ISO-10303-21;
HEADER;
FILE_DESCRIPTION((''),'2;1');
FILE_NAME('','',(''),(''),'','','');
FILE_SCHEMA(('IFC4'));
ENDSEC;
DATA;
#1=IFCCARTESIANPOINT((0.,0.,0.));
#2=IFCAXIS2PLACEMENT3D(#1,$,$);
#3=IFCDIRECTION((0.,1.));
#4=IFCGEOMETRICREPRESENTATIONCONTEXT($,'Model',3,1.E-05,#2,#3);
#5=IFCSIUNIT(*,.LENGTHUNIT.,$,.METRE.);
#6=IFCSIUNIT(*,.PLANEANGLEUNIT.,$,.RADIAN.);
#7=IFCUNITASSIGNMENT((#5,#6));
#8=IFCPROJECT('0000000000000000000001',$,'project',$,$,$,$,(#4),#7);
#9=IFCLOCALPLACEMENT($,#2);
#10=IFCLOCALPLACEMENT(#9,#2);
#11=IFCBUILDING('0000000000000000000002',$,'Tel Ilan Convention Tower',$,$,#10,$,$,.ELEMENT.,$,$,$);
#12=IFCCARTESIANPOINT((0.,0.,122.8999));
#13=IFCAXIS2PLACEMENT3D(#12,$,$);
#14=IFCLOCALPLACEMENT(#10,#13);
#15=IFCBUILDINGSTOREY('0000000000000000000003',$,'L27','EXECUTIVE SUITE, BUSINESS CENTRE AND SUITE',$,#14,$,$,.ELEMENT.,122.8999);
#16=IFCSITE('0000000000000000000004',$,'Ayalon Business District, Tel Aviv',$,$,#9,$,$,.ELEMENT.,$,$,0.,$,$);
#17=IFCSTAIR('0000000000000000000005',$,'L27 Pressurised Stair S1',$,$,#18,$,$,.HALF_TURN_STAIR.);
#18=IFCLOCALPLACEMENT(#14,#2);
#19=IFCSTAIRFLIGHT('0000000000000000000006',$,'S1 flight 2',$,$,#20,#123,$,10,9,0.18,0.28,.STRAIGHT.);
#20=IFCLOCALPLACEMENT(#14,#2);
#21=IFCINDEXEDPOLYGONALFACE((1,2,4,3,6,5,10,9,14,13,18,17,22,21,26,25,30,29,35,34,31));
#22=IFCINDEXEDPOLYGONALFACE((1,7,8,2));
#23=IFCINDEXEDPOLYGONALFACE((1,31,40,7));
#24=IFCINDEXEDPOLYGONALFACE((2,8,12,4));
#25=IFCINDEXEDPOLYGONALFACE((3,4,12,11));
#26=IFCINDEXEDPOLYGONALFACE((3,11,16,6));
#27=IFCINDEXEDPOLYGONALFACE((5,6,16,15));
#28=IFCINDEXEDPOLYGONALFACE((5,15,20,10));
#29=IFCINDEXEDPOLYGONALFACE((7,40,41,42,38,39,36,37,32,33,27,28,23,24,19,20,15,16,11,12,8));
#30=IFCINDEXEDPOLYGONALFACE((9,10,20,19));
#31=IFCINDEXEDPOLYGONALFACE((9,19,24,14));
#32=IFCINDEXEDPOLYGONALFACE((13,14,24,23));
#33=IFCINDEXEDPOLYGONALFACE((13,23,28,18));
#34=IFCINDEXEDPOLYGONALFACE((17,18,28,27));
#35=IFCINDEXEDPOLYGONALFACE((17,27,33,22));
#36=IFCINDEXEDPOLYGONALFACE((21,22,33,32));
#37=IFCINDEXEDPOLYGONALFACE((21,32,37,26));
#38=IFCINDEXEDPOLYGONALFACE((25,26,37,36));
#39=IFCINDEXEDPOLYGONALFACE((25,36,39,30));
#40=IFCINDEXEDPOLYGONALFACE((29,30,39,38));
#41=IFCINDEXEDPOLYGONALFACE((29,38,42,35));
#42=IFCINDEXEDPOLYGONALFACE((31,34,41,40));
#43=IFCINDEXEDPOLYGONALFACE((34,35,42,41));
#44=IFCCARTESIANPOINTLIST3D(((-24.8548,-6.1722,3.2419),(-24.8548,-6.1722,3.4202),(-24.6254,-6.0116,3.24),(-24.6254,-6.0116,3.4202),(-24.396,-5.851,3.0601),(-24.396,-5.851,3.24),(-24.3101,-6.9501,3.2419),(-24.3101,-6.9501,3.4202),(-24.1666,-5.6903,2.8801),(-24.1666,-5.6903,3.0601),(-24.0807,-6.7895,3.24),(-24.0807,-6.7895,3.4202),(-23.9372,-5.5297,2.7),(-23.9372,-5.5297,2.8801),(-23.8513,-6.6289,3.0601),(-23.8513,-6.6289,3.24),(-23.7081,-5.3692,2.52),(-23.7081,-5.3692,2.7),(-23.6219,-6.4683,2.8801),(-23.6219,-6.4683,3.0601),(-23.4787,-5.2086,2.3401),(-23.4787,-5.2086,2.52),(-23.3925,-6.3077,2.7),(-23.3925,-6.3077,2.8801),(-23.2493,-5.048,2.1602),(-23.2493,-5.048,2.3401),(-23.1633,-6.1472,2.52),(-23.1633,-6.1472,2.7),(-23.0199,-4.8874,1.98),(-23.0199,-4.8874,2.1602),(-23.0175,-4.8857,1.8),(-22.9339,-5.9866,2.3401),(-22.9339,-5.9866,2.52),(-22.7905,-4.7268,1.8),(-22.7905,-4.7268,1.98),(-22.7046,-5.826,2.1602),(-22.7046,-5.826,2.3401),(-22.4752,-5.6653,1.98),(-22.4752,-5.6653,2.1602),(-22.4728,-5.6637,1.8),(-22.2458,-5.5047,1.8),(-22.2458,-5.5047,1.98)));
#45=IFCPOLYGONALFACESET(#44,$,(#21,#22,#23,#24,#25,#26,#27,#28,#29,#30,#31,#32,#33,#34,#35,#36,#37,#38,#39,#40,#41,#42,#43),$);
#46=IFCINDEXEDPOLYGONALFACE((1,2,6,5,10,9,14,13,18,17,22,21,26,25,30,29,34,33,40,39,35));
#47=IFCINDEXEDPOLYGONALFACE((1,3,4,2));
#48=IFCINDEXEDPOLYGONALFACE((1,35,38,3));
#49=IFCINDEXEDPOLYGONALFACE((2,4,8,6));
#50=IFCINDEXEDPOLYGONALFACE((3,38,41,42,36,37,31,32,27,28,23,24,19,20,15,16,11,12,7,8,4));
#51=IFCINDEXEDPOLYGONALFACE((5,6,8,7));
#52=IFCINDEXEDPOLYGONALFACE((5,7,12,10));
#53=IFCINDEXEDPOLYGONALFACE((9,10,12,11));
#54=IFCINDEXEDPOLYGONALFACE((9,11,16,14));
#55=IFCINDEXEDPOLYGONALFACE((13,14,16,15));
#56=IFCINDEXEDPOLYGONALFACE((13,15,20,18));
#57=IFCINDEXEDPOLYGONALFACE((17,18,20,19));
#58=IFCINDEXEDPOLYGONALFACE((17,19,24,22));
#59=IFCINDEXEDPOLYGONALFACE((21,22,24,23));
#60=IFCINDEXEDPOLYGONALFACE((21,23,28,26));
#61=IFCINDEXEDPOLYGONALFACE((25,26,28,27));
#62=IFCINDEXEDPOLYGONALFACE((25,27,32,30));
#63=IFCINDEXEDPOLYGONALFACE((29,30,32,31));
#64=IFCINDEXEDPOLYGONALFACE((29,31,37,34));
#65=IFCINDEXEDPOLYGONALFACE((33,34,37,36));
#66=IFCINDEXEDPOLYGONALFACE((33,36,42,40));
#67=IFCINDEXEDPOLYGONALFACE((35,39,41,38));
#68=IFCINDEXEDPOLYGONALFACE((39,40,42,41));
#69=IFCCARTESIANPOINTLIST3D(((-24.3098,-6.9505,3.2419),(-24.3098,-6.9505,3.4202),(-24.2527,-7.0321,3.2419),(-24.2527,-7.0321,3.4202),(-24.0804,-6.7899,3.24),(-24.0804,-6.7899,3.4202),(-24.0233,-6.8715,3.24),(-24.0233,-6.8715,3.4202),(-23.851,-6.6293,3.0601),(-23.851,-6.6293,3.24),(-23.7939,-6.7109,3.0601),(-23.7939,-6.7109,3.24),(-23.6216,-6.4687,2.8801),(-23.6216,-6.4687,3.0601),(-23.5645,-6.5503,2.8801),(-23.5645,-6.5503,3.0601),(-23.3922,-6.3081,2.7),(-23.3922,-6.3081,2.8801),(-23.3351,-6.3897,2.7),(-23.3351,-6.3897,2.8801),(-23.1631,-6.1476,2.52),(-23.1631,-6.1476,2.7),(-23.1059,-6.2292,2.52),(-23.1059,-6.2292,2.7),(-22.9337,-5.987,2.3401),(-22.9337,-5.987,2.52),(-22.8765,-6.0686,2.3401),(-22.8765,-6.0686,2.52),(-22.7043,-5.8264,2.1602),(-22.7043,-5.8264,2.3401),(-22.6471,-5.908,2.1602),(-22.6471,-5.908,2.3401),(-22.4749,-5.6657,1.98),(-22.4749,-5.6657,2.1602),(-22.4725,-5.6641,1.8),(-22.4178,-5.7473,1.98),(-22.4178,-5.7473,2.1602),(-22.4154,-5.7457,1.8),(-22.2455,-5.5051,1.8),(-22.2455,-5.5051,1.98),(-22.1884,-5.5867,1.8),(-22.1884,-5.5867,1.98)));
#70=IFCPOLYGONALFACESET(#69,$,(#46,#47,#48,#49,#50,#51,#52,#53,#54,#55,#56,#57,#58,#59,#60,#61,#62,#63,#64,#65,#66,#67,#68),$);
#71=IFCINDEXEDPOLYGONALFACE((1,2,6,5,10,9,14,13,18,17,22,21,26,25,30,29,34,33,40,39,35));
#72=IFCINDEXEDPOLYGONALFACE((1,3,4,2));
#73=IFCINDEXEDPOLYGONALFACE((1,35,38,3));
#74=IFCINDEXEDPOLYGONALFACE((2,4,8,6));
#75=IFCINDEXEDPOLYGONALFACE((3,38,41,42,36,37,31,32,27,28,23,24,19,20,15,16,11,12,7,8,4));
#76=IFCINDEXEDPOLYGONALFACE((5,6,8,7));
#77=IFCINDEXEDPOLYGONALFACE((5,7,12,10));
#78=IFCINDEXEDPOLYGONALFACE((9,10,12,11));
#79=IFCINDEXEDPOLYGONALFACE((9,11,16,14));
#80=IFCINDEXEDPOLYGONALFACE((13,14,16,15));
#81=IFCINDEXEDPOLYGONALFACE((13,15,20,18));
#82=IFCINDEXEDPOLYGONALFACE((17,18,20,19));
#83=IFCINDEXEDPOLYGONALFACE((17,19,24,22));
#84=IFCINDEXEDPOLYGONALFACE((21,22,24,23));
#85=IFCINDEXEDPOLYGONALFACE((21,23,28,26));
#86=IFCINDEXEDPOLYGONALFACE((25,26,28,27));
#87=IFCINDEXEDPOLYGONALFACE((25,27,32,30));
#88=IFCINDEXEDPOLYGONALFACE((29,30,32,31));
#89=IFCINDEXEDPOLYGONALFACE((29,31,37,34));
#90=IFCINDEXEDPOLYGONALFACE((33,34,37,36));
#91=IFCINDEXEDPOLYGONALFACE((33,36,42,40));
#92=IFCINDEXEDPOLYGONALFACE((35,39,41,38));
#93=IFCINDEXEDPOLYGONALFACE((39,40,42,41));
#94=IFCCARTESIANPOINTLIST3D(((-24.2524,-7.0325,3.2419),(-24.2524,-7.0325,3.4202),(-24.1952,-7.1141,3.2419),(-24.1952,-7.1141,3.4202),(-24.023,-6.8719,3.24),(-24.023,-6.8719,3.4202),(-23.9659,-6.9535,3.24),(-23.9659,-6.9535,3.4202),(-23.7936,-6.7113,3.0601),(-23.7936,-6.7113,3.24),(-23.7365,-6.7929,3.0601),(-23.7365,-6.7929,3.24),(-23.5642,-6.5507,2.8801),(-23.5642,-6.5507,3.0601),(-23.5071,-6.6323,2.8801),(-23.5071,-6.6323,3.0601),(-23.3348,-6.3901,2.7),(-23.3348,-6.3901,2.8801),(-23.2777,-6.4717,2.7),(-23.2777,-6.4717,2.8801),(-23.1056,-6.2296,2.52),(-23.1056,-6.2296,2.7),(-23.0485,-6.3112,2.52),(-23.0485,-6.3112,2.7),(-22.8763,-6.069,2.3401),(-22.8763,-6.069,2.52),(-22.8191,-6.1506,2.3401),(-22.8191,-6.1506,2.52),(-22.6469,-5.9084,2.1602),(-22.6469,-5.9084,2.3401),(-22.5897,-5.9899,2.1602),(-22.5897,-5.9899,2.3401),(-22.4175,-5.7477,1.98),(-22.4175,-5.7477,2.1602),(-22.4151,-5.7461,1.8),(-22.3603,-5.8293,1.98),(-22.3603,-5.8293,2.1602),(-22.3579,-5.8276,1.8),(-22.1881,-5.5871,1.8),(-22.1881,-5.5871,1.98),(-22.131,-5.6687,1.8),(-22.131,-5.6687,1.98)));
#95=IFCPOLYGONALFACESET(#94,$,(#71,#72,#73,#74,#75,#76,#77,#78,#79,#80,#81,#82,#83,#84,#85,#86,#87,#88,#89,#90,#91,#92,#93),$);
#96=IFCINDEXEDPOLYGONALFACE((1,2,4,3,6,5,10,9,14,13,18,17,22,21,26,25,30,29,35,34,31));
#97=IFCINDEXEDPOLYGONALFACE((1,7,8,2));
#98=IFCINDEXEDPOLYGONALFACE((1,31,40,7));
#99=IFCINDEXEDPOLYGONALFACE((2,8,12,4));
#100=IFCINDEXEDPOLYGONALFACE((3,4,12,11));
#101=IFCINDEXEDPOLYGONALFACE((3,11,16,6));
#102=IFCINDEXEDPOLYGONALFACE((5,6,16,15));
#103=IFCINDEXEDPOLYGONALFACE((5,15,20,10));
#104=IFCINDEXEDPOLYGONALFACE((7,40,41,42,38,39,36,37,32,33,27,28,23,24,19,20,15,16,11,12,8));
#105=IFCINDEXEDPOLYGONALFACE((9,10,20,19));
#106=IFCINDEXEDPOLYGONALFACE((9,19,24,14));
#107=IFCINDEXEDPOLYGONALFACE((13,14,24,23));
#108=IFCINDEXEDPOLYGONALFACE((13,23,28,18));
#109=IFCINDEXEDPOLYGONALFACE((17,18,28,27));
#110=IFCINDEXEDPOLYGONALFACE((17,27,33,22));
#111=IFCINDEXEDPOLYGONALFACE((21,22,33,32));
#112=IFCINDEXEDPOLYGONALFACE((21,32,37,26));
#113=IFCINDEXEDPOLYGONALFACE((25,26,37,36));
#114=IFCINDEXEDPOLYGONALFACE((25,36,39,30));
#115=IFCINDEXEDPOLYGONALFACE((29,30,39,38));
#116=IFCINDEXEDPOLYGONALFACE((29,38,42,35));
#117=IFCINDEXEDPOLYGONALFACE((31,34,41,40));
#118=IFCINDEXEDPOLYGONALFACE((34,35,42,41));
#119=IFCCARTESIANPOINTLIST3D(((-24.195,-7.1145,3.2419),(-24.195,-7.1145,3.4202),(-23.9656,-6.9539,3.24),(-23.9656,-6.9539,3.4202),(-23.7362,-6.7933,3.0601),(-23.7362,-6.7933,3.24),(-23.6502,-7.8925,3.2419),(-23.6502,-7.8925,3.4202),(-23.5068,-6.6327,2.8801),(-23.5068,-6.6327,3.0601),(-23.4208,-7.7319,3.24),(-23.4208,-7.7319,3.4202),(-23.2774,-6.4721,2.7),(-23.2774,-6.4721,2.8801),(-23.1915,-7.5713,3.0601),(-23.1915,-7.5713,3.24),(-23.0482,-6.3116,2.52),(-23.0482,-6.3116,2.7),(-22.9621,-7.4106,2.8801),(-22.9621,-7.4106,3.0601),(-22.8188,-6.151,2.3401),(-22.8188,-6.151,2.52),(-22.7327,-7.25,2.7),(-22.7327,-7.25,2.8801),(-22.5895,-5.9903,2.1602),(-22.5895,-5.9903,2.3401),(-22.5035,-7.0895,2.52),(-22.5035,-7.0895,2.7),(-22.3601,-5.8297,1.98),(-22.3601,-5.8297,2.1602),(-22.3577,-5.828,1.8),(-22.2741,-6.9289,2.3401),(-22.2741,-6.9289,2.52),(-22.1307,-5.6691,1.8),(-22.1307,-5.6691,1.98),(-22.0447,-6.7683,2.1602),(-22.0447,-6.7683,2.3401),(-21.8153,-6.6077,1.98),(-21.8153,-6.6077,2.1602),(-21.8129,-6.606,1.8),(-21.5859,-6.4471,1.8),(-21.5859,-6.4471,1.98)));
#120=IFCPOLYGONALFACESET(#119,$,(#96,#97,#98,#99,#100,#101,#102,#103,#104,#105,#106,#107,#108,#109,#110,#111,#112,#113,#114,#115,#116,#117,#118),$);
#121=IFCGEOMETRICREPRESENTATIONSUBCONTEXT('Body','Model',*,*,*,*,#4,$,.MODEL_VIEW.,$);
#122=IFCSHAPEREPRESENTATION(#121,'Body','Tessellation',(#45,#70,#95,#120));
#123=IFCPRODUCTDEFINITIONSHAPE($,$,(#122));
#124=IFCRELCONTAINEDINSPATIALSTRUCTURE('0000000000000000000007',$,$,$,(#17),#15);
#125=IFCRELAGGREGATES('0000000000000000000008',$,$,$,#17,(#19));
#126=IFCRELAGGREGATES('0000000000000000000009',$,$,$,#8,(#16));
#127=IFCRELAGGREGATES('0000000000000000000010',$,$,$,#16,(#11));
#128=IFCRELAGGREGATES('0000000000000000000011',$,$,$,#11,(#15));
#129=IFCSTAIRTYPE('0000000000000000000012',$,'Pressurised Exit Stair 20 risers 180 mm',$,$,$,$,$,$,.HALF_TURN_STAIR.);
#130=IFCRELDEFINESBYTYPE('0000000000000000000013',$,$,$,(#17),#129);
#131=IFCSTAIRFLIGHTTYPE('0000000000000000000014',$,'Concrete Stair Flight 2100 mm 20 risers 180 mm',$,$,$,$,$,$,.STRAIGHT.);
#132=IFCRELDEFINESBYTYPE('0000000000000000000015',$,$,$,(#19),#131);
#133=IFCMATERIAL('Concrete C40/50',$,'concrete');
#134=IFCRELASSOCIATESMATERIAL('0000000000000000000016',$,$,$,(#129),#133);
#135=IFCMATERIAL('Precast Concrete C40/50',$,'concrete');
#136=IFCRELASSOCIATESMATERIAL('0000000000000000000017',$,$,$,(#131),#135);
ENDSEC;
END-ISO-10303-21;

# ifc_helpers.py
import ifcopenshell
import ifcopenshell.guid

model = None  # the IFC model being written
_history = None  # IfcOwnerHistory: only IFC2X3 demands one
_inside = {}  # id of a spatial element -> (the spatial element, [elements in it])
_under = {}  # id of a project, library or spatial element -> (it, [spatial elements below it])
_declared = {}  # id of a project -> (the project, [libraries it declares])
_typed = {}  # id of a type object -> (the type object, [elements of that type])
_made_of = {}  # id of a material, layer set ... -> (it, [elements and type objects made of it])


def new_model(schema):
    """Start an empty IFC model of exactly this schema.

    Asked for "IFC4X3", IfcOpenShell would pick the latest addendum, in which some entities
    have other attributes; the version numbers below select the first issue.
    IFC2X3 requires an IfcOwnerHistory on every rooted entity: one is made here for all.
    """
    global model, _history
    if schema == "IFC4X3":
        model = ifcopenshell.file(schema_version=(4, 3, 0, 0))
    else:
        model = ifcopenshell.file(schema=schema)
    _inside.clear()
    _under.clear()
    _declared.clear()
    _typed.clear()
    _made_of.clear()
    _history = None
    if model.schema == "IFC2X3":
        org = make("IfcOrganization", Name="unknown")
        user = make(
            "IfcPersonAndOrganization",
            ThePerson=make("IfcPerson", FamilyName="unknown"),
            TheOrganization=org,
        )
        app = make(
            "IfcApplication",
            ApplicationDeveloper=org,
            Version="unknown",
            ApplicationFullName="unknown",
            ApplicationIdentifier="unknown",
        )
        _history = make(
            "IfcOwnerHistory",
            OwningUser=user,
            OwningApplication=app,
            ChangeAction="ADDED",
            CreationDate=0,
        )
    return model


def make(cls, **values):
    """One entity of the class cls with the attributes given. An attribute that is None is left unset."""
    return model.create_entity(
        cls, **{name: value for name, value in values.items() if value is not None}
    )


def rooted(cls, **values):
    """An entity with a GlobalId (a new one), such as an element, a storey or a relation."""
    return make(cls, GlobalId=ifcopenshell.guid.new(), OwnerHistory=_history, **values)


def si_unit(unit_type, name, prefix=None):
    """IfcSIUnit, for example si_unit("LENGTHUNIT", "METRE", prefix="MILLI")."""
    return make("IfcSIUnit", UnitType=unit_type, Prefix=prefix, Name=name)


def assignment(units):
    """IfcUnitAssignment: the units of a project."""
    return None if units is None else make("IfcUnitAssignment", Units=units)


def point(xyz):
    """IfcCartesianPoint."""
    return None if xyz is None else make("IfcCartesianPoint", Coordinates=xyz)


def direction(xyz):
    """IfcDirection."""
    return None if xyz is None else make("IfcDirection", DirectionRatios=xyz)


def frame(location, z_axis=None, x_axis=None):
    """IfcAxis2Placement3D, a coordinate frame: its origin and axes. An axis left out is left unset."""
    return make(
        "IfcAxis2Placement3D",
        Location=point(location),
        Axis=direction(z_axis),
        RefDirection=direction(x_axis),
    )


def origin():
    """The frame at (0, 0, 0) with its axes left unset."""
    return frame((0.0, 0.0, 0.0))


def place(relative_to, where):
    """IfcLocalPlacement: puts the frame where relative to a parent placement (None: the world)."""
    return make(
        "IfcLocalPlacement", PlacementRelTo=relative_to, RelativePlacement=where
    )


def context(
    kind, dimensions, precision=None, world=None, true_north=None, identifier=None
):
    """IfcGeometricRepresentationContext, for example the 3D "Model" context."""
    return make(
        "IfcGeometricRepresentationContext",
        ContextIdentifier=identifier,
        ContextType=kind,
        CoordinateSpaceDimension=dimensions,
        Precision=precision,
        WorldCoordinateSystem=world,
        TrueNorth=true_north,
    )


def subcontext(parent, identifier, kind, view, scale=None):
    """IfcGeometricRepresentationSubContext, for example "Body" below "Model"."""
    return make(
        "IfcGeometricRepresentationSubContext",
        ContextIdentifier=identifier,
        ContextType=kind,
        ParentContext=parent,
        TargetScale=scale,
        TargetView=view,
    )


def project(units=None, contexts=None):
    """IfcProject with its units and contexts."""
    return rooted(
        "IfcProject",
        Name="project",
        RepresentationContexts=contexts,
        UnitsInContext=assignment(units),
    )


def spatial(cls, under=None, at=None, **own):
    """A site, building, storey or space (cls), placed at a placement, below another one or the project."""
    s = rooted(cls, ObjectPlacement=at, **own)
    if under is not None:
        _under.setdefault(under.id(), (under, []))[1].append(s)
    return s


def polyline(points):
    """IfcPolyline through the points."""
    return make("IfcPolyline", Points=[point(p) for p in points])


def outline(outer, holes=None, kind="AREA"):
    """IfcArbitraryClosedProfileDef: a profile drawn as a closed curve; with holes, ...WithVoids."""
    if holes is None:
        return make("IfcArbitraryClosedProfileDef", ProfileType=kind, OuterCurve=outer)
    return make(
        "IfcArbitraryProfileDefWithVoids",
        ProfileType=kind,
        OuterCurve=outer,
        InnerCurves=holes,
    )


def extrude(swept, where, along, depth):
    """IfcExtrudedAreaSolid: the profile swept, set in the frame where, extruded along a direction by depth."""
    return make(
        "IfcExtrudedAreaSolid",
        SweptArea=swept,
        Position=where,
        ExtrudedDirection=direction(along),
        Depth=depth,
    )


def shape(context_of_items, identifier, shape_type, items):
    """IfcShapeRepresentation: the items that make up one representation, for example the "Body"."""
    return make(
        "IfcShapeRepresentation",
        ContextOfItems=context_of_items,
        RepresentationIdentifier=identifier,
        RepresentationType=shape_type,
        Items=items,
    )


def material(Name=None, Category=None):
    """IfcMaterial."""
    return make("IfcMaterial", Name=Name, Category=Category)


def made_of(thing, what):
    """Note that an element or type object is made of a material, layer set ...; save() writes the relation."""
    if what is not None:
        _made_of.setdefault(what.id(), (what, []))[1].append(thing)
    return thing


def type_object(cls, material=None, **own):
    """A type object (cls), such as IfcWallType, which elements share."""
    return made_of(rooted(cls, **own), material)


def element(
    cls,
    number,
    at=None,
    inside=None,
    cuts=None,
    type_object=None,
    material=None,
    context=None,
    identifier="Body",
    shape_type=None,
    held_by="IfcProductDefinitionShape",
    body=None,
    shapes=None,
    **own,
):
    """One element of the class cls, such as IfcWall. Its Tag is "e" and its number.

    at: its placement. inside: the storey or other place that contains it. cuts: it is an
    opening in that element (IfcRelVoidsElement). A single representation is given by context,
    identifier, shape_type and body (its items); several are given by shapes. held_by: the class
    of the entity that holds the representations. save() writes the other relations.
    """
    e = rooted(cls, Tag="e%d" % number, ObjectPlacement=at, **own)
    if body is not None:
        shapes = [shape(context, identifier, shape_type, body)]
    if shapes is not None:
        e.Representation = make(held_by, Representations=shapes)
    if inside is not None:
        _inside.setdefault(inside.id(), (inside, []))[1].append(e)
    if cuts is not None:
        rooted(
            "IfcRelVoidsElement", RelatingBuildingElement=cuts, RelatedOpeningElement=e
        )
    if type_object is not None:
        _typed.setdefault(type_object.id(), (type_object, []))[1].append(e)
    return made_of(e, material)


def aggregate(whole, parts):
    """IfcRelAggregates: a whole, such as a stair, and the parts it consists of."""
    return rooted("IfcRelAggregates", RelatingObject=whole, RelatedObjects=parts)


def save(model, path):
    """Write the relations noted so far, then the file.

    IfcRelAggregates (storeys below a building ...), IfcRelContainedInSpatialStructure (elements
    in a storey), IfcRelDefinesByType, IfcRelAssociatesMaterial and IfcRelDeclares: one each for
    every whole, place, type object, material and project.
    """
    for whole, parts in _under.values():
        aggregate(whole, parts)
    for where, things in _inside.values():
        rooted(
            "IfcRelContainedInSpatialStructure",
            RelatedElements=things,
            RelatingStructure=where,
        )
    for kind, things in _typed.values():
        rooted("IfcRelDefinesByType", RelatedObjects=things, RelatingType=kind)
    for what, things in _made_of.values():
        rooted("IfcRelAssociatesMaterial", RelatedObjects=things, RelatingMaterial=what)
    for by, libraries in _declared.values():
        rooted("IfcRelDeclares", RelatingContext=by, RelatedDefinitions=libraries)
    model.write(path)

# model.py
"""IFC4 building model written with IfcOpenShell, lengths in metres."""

from ifc_helpers import new_model, si_unit, direction, frame, origin, place, context, subcontext, project, spatial, polyline, outline, extrude, material, type_object, element, aggregate, save


model = new_model("IFC4")

# Units and contexts
model_context = context("Model", 3, precision=1e-05, world=origin(), true_north=direction((0.0, 1.0)))
body_context = subcontext(model_context, "Body", "Model", "MODEL_VIEW")
ifc_project = project(units=[si_unit("LENGTHUNIT", "METRE"), si_unit("PLANEANGLEUNIT", "RADIAN")], contexts=[model_context])

# Site, building, storey
site_placement = place(None, origin())
site = spatial("IfcSite", under=ifc_project, at=site_placement, Name="Ayalon Business District, Tel Aviv", CompositionType="ELEMENT", RefElevation=0.0)
building_placement = place(site_placement, origin())
building = spatial("IfcBuilding", under=site, at=building_placement, Name="Tel Ilan Convention Tower", CompositionType="ELEMENT")
storey_placement = place(building_placement, frame((0.0, 0.0, 122.8999)))
storey = spatial("IfcBuildingStorey", under=building, at=storey_placement, Name="L27", Description="EXECUTIVE SUITE, BUSINESS CENTRE AND SUITE", CompositionType="ELEMENT", Elevation=122.8999)

# Stair, stair flight
ifc_material_1 = material(Name="Concrete C40/50", Category="concrete")
stair_type = type_object("IfcStairType", Name="Pressurised Exit Stair 20 risers 180 mm", PredefinedType="HALF_TURN_STAIR", material=ifc_material_1)
stair_1_placement = place(storey_placement, origin())
stair_1 = element("IfcStair", 1, at=stair_1_placement, inside=storey, type_object=stair_type, Name="L27 Pressurised Stair S1", PredefinedType="HALF_TURN_STAIR")
ifc_material_2 = material(Name="Precast Concrete C40/50", Category="concrete")
stair_flight_type = type_object("IfcStairFlightType", Name="Concrete Stair Flight 2100 mm 20 risers 180 mm", PredefinedType="STRAIGHT", material=ifc_material_2)
stair_flight_1_placement = place(storey_placement, frame((-22.1882, -5.5869, 1.8), z_axis=(0.0, 0.0, 1.0), x_axis=(-0.819152, -0.573576, 0.0)))
stair_flight_1 = element("IfcStairFlight", 2, at=stair_flight_1_placement, type_object=stair_flight_type, Name="S1 flight 2", NumberOfRisers=10, NumberOfTreads=9, PredefinedType="STRAIGHT", RiserHeight=0.18, TreadLength=0.28, context=body_context, shape_type="SweptSolid", body=[
    extrude(outline(polyline([(0.0, 0.0), (0.0, 0.1799), (0.28, 0.1799), (0.28, 0.3601), (0.5601, 0.3601), (0.5601, 0.54), (0.8401, 0.54), (0.8401, 0.72), (1.1201, 0.72), (1.1201, 0.8999), (1.3999, 0.8999), (1.3999, 1.0801), (1.6799, 1.0801), (1.6799, 1.26), (1.96, 1.26), (1.96, 1.4399), (2.24, 1.4399), (2.24, 1.6201), (2.52, 1.6201), (2.52, 1.8), (2.52, 1.4419), (0.2771, 0.0), (0.0, 0.0)])), frame((0.0, -0.1003, 0.0), z_axis=(0.0, -1.0, 0.0), x_axis=(1.0, 0.0, 0.0)), (0.0, 0.0, 1.0), 0.9497),
    extrude(outline(polyline([(0.0, 0.0), (0.0, 0.1799), (0.28, 0.1799), (0.28, 0.3601), (0.5601, 0.3601), (0.5601, 0.54), (0.8401, 0.54), (0.8401, 0.72), (1.1201, 0.72), (1.1201, 0.8999), (1.3999, 0.8999), (1.3999, 1.0801), (1.6799, 1.0801), (1.6799, 1.26), (1.96, 1.26), (1.96, 1.4399), (2.24, 1.4399), (2.24, 1.6201), (2.52, 1.6201), (2.52, 1.8), (2.52, 1.4419), (0.2771, 0.0), (0.0, 0.0)])), frame((0.0, -0.0002, 0.0), z_axis=(0.0, -1.0, 0.0), x_axis=(1.0, 0.0, 0.0)), (0.0, 0.0, 1.0), 0.0996),
    extrude(outline(polyline([(0.0, 0.0), (0.0, 0.1799), (0.28, 0.1799), (0.28, 0.3601), (0.5601, 0.3601), (0.5601, 0.54), (0.8401, 0.54), (0.8401, 0.72), (1.1201, 0.72), (1.1201, 0.8999), (1.3999, 0.8999), (1.3999, 1.0801), (1.6799, 1.0801), (1.6799, 1.26), (1.96, 1.26), (1.96, 1.4399), (2.24, 1.4399), (2.24, 1.6201), (2.52, 1.6201), (2.52, 1.8), (2.52, 1.4419), (0.2771, 0.0), (0.0, 0.0)])), frame((0.0, 0.0999, 0.0), z_axis=(0.0, -1.0, 0.0), x_axis=(1.0, 0.0, 0.0)), (0.0, 0.0, 1.0), 0.0996),
    extrude(outline(polyline([(0.0, 0.0), (0.0, 0.1799), (0.28, 0.1799), (0.28, 0.3601), (0.5601, 0.3601), (0.5601, 0.54), (0.8401, 0.54), (0.8401, 0.72), (1.1201, 0.72), (1.1201, 0.8999), (1.3999, 0.8999), (1.3999, 1.0801), (1.6799, 1.0801), (1.6799, 1.26), (1.96, 1.26), (1.96, 1.4399), (2.24, 1.4399), (2.24, 1.6201), (2.52, 1.6201), (2.52, 1.8), (2.52, 1.4419), (0.2771, 0.0), (0.0, 0.0)])), frame((0.0, 1.05, 0.0), z_axis=(0.0, -1.0, 0.0), x_axis=(1.0, 0.0, 0.0)), (0.0, 0.0, 1.0), 0.9497),
])
aggregate(stair_1, [stair_flight_1])

save(model, "model.ifc")
